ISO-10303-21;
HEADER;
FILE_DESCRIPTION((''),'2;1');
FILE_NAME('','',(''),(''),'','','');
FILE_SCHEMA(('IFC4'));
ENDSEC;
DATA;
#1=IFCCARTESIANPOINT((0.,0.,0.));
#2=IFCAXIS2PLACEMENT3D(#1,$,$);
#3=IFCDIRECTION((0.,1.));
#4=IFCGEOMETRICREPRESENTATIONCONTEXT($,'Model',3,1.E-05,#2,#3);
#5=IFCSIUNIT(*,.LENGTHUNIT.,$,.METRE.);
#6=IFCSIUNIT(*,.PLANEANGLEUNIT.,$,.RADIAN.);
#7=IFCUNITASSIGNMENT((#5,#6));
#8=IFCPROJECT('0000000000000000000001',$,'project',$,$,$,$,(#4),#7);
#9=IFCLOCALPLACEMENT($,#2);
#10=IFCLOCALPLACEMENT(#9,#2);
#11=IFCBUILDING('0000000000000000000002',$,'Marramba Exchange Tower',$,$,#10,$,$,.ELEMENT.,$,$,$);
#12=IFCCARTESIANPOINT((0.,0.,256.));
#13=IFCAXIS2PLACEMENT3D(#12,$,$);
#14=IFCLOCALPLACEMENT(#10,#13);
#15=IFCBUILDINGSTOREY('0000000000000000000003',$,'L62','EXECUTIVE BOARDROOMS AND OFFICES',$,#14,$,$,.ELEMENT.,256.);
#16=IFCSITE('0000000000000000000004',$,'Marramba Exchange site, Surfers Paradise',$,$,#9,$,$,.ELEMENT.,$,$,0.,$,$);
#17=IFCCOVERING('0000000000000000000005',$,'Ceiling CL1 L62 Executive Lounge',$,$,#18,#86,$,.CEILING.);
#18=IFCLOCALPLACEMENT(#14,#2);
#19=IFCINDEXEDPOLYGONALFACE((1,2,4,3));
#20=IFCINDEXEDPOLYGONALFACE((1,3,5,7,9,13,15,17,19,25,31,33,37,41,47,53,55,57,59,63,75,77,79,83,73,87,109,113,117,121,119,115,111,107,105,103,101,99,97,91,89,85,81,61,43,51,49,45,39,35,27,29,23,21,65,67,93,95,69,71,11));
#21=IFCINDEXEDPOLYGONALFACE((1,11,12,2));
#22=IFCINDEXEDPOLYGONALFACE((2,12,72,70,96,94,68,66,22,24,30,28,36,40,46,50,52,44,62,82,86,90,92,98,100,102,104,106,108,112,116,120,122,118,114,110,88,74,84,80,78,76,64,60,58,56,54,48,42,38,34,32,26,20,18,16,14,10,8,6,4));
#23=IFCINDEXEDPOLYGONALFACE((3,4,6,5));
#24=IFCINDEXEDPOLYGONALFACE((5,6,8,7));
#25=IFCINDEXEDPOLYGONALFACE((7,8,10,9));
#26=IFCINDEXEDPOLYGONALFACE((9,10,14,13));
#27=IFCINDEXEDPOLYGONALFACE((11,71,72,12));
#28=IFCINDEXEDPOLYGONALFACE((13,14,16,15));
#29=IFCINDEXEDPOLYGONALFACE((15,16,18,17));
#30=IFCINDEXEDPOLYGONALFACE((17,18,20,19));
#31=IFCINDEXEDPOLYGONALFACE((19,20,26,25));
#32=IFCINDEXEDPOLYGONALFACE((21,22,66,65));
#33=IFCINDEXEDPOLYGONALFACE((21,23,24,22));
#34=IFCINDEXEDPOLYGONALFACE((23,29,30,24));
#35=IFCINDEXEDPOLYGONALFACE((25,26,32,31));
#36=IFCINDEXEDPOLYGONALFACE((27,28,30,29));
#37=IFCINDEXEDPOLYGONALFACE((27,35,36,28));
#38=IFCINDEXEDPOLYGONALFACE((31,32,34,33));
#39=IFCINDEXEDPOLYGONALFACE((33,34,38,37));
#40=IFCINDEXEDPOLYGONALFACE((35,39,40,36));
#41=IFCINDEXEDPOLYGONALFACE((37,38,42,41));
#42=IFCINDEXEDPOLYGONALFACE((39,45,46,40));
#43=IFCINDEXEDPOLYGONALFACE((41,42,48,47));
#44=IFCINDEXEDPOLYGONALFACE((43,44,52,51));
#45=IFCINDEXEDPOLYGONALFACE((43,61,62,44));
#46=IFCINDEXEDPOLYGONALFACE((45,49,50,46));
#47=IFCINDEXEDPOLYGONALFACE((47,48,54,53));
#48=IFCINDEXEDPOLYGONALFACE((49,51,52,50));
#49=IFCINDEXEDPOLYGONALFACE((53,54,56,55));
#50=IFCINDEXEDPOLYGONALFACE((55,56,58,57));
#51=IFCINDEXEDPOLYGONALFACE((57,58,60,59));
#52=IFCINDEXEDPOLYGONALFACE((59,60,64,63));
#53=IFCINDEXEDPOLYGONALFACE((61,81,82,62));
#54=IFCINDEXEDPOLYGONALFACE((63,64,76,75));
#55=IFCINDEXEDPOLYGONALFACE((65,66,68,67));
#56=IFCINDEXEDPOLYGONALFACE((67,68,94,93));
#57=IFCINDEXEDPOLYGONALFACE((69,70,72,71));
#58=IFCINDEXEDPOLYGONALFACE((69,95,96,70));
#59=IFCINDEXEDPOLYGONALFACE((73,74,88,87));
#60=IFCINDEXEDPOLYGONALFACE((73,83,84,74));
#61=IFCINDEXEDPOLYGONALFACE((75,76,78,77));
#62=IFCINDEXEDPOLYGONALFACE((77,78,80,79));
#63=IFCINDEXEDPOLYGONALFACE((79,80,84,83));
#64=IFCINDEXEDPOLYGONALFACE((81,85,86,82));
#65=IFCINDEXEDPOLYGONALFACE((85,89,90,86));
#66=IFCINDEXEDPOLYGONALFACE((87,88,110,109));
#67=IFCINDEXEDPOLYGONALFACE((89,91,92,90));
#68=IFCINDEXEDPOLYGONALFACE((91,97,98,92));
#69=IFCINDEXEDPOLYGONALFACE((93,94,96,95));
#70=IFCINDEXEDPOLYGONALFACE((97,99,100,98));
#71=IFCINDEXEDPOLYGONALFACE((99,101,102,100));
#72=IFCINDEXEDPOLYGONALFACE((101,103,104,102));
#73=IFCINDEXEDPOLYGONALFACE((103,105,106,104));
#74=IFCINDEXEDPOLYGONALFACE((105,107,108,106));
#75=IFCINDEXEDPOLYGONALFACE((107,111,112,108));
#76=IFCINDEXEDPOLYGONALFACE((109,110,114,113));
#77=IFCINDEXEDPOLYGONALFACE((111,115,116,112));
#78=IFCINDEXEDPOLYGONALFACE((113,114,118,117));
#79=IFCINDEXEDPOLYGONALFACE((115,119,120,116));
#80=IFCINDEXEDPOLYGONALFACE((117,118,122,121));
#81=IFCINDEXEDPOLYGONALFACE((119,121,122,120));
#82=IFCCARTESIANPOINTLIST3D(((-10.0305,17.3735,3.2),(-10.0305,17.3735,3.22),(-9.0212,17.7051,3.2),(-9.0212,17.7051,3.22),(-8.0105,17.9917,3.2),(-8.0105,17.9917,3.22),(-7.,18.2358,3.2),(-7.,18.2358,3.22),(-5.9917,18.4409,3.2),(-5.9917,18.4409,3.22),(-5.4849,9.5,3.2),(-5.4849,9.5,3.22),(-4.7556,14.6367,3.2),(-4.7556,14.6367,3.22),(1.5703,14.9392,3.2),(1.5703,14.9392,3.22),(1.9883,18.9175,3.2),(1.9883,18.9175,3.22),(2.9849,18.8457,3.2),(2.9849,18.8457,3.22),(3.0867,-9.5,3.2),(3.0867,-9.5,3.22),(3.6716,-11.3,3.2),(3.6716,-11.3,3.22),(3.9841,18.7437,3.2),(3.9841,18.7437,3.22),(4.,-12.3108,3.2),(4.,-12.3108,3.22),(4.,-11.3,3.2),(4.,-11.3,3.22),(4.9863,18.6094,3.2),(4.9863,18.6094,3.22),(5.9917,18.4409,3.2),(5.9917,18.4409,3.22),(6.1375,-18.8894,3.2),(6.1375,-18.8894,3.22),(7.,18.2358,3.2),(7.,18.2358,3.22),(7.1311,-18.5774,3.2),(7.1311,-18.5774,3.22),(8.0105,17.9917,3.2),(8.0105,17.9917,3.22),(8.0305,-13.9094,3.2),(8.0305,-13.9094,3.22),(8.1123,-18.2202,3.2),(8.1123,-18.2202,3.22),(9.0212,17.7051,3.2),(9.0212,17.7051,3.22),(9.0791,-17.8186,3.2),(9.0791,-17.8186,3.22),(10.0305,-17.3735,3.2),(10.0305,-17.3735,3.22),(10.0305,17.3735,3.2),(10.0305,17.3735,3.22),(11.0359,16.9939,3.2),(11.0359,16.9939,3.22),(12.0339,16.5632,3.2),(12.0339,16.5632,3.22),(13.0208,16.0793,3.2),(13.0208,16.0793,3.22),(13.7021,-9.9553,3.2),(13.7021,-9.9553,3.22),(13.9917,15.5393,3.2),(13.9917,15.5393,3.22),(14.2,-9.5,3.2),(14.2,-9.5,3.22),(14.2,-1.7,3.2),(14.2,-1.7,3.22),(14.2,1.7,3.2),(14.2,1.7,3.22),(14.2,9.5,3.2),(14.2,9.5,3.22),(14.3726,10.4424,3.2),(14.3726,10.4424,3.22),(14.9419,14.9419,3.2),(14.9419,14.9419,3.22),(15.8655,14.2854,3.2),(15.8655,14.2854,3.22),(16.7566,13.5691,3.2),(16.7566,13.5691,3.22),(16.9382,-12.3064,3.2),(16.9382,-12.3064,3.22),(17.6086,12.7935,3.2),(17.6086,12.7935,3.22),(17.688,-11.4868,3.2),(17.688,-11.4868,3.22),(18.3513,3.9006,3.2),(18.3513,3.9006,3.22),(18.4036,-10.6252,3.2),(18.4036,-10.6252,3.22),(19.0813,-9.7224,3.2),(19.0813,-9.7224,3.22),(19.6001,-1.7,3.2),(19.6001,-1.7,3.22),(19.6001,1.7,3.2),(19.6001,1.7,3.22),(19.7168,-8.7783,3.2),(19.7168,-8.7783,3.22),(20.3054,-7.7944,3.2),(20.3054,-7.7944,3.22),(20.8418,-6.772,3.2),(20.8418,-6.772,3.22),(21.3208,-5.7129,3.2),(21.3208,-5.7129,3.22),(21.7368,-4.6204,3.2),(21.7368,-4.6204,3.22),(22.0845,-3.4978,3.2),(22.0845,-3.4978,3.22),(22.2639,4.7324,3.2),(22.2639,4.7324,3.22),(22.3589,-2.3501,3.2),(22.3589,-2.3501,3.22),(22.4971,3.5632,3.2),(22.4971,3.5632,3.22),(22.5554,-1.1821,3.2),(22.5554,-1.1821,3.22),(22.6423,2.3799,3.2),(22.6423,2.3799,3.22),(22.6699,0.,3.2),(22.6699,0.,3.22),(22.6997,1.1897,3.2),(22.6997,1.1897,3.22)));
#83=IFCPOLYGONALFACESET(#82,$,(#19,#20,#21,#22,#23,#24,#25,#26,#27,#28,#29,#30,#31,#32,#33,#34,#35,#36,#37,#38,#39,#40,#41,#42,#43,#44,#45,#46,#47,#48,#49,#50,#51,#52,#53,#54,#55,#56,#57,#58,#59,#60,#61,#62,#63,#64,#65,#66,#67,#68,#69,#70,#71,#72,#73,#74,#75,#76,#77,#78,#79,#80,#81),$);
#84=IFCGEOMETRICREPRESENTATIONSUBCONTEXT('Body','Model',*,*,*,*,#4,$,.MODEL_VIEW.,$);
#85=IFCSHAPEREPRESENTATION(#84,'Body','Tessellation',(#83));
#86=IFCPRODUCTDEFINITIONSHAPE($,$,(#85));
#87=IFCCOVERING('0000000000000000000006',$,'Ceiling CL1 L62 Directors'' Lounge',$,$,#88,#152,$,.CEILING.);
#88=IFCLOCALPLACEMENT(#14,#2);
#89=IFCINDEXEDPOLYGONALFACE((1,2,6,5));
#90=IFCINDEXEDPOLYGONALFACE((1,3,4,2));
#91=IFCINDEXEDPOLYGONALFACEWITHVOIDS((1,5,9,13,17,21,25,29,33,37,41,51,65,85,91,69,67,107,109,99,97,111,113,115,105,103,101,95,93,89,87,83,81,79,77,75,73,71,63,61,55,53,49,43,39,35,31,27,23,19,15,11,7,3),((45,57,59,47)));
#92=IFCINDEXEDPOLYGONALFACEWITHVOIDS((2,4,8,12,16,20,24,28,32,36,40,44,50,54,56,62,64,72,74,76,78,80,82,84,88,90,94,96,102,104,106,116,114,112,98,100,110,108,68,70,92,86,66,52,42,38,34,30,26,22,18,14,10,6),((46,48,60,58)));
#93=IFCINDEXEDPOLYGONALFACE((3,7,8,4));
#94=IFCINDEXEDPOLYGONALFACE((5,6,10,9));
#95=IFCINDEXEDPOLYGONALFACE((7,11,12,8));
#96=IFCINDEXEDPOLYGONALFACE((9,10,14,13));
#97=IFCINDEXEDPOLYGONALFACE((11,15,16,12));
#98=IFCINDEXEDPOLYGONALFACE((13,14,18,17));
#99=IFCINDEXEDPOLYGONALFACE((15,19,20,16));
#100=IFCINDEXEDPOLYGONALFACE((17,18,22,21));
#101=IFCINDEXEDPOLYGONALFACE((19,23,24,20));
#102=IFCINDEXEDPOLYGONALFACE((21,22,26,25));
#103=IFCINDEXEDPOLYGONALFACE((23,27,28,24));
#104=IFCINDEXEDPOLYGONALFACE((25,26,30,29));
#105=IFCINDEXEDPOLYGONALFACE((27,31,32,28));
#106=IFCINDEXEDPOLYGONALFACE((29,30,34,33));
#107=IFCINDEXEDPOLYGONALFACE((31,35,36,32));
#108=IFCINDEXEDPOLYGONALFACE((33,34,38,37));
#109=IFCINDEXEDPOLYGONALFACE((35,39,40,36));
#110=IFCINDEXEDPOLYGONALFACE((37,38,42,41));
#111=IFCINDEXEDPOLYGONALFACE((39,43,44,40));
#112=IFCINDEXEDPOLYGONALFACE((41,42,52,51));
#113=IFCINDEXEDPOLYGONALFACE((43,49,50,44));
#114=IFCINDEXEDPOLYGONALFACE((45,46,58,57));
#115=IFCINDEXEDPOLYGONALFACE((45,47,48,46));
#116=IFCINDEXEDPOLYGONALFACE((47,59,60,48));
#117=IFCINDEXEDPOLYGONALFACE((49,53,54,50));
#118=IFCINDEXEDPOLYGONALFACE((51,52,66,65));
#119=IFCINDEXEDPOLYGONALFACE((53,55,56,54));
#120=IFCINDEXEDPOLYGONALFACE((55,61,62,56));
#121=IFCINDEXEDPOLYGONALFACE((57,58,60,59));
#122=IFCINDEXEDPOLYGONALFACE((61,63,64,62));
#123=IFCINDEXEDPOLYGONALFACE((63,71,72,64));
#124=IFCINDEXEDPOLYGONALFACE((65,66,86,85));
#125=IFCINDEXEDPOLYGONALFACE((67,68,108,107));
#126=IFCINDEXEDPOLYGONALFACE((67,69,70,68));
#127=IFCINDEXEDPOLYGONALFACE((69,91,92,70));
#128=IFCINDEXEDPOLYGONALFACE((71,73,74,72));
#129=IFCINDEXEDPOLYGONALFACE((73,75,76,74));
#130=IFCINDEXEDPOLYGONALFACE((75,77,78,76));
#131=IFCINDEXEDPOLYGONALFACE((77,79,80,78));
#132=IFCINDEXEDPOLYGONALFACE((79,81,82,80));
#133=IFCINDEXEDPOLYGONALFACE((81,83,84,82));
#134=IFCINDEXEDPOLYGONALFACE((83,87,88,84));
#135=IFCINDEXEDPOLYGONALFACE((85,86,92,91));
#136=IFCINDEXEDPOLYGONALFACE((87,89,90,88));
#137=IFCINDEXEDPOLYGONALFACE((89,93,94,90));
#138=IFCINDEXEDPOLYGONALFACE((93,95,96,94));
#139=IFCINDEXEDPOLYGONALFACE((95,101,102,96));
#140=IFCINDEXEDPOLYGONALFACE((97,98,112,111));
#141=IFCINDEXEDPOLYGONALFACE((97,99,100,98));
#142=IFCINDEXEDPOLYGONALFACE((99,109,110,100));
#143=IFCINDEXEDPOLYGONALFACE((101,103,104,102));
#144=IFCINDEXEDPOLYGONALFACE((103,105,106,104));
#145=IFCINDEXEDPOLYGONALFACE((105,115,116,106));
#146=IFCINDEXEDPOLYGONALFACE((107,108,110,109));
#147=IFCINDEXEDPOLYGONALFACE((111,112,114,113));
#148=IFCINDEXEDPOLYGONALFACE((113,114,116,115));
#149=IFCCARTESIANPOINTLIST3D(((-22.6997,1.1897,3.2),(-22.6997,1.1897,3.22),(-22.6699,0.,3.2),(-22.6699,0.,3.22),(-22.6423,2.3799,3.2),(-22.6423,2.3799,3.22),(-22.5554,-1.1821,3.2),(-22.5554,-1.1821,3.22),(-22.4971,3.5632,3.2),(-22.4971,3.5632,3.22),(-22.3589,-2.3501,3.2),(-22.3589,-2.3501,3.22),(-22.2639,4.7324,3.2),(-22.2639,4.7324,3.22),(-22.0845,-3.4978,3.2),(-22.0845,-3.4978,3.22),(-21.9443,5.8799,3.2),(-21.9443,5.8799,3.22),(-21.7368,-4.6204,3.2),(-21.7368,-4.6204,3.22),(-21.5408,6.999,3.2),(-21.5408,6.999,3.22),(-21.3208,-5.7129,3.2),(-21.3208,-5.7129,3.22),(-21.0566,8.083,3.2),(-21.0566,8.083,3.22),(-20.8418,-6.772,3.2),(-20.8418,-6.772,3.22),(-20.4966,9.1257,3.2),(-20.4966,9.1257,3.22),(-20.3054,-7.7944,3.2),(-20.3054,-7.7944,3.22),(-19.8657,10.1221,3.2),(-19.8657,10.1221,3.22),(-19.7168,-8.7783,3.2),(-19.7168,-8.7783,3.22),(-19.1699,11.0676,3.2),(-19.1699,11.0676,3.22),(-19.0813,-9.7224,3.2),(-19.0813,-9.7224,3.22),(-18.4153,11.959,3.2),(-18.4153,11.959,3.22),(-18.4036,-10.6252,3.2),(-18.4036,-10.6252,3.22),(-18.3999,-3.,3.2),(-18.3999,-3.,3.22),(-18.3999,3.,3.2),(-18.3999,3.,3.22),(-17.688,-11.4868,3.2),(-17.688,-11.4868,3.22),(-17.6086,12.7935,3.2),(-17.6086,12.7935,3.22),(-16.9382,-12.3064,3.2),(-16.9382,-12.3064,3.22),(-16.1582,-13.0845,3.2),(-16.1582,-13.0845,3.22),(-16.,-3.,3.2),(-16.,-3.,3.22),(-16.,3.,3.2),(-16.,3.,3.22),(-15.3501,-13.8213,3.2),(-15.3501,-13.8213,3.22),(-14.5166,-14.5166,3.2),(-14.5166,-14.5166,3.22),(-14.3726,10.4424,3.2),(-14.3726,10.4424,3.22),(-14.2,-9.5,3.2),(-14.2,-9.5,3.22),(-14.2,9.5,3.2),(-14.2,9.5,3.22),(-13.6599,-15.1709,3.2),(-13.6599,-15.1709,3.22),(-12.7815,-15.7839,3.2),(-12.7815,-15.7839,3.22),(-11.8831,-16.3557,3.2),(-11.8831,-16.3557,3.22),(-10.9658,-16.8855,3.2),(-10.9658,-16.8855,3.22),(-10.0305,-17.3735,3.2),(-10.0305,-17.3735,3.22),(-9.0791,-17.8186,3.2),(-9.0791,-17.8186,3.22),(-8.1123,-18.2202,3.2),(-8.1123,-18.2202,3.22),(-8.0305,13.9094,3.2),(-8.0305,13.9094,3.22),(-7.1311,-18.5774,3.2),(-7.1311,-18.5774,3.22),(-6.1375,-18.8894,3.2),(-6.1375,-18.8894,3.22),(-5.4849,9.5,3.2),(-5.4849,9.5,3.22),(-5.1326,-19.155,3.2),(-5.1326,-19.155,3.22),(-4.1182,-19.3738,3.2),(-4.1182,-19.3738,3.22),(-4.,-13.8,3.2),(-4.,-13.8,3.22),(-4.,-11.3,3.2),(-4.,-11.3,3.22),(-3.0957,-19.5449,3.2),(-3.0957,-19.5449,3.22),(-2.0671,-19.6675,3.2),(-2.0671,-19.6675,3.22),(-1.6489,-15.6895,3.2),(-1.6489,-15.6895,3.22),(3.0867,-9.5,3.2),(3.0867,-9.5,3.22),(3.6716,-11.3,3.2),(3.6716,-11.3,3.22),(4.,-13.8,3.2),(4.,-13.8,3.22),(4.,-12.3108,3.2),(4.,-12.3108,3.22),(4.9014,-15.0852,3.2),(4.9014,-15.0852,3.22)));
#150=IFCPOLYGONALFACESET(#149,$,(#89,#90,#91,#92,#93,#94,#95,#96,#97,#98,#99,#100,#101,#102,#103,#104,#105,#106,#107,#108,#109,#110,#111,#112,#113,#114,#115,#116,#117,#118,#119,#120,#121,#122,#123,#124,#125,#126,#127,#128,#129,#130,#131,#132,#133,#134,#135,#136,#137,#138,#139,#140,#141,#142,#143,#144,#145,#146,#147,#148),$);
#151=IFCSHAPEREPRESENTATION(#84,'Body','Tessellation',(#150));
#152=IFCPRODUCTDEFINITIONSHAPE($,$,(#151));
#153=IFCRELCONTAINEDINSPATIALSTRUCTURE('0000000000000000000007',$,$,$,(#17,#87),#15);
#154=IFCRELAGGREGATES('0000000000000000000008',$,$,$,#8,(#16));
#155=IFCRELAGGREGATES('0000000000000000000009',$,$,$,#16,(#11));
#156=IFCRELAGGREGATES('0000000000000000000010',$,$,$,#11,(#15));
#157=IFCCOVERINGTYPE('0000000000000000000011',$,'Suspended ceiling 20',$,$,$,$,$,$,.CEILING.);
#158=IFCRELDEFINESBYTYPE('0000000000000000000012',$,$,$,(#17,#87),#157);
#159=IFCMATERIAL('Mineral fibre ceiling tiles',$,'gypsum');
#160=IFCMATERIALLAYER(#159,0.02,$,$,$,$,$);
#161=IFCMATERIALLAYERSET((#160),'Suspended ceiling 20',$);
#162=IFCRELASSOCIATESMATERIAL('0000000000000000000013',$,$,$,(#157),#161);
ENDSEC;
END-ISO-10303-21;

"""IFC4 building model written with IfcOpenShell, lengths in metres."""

from ifc_helpers import new_model, si_unit, direction, frame, origin, place, context, subcontext, project, spatial, polyline, outline, extrude, material, layer, layer_set, type_object, element, save


model = new_model("IFC4")

# Units and contexts
model_context = context("Model", 3, precision=1e-05, world=origin(), true_north=direction((0.0, 1.0)))
body_context = subcontext(model_context, "Body", "Model", "MODEL_VIEW")
ifc_project = project(units=[si_unit("LENGTHUNIT", "METRE"), si_unit("PLANEANGLEUNIT", "RADIAN")], contexts=[model_context])

# Site, building, storey
site_placement = place(None, origin())
site = spatial("IfcSite", under=ifc_project, at=site_placement, Name="Marramba Exchange site, Surfers Paradise", CompositionType="ELEMENT", RefElevation=0.0)
building_placement = place(site_placement, origin())
building = spatial("IfcBuilding", under=site, at=building_placement, Name="Marramba Exchange Tower", CompositionType="ELEMENT")
storey_placement = place(building_placement, frame((0.0, 0.0, 256.0)))
storey = spatial("IfcBuildingStorey", under=building, at=storey_placement, Name="L62", Description="EXECUTIVE BOARDROOMS AND OFFICES", CompositionType="ELEMENT", Elevation=256.0)

# Coverings
ifc_material_1 = material(Name="Mineral fibre ceiling tiles", Category="gypsum")
ifc_layer_1 = layer(ifc_material_1, 0.02)
ifc_layer_set_1 = layer_set([ifc_layer_1], Name="Suspended ceiling 20")
covering_type = type_object("IfcCoveringType", Name="Suspended ceiling 20", PredefinedType="CEILING", material=ifc_layer_set_1)
covering_1_placement = place(storey_placement, frame((0.0, 0.0, 3.2)))
element("IfcCovering", 1, at=covering_1_placement, inside=storey, type_object=covering_type, Name="Ceiling CL1 L62 Executive Lounge", PredefinedType="CEILING", context=body_context, shape_type="SweptSolid", body=[
    extrude(outline(polyline([(14.2, -1.7), (19.6001, -1.7), (19.6001, 1.7), (14.2, 1.7), (14.2, 9.5), (-5.4849, 9.5), (-10.0305, 17.3735), (-9.0212, 17.7051), (-8.0105, 17.9917), (-7.0, 18.2358), (-5.9917, 18.4409), (-4.7556, 14.6367), (1.5703, 14.9392), (1.9883, 18.9175), (2.9849, 18.8457), (3.9841, 18.7437), (4.9863, 18.6094), (5.9917, 18.4409), (7.0, 18.2358), (8.0105, 17.9917), (9.0212, 17.7051), (10.0305, 17.3735), (11.0359, 16.9939), (12.0339, 16.5632), (13.0208, 16.0793), (13.9917, 15.5393), (14.9419, 14.9419), (15.8655, 14.2854), (16.7566, 13.5691), (17.6086, 12.7935), (14.3726, 10.4424), (18.3513, 3.9006), (22.2639, 4.7324), (22.4971, 3.5632), (22.6423, 2.3799), (22.6997, 1.1897), (22.6699, 0.0), (22.5554, -1.1821), (22.3589, -2.3501), (22.0845, -3.4978), (21.7368, -4.6204), (21.3208, -5.7129), (20.8418, -6.772), (20.3054, -7.7944), (19.7168, -8.7783), (19.0813, -9.7224), (18.4036, -10.6252), (17.688, -11.4868), (16.9382, -12.3064), (13.7021, -9.9553), (8.0305, -13.9094), (10.0305, -17.3735), (9.0791, -17.8186), (8.1123, -18.2202), (7.1311, -18.5774), (6.1375, -18.8894), (4.0, -12.3108), (4.0, -11.3), (3.6716, -11.3), (3.0867, -9.5), (14.2, -9.5), (14.2, -1.7)])), origin(), (0.0, 0.0, 1.0), 0.02),
])
covering_2_placement = place(storey_placement, frame((0.0, 0.0, 3.2)))
element("IfcCovering", 2, at=covering_2_placement, inside=storey, type_object=covering_type, Name="Ceiling CL1 L62 Directors' Lounge", PredefinedType="CEILING", context=body_context, shape_type="SweptSolid", body=[
    extrude(outline(polyline([(-14.2, -9.5), (3.0867, -9.5), (3.6716, -11.3), (-4.0, -11.3), (-4.0, -13.8), (4.0, -13.8), (4.0, -12.3108), (4.9014, -15.0852), (-1.6489, -15.6895), (-2.0671, -19.6675), (-3.0957, -19.5449), (-4.1182, -19.3738), (-5.1326, -19.155), (-6.1375, -18.8894), (-7.1311, -18.5774), (-8.1123, -18.2202), (-9.0791, -17.8186), (-10.0305, -17.3735), (-10.9658, -16.8855), (-11.8831, -16.3557), (-12.7815, -15.7839), (-13.6599, -15.1709), (-14.5166, -14.5166), (-15.3501, -13.8213), (-16.1582, -13.0845), (-16.9382, -12.3064), (-17.688, -11.4868), (-18.4036, -10.6252), (-19.0813, -9.7224), (-19.7168, -8.7783), (-20.3054, -7.7944), (-20.8418, -6.772), (-21.3208, -5.7129), (-21.7368, -4.6204), (-22.0845, -3.4978), (-22.3589, -2.3501), (-22.5554, -1.1821), (-22.6699, 0.0), (-22.6997, 1.1897), (-22.6423, 2.3799), (-22.4971, 3.5632), (-22.2639, 4.7324), (-21.9443, 5.8799), (-21.5408, 6.999), (-21.0566, 8.083), (-20.4966, 9.1257), (-19.8657, 10.1221), (-19.1699, 11.0676), (-18.4153, 11.959), (-17.6086, 12.7935), (-14.3726, 10.4424), (-8.0305, 13.9094), (-5.4849, 9.5), (-14.2, 9.5), (-14.2, -9.5)]), holes=[polyline([(-18.3999, -3.0), (-16.0, -3.0), (-16.0, 3.0), (-18.3999, 3.0), (-18.3999, -3.0)])]), origin(), (0.0, 0.0, 1.0), 0.02),
])

save(model, "model.ifc")
